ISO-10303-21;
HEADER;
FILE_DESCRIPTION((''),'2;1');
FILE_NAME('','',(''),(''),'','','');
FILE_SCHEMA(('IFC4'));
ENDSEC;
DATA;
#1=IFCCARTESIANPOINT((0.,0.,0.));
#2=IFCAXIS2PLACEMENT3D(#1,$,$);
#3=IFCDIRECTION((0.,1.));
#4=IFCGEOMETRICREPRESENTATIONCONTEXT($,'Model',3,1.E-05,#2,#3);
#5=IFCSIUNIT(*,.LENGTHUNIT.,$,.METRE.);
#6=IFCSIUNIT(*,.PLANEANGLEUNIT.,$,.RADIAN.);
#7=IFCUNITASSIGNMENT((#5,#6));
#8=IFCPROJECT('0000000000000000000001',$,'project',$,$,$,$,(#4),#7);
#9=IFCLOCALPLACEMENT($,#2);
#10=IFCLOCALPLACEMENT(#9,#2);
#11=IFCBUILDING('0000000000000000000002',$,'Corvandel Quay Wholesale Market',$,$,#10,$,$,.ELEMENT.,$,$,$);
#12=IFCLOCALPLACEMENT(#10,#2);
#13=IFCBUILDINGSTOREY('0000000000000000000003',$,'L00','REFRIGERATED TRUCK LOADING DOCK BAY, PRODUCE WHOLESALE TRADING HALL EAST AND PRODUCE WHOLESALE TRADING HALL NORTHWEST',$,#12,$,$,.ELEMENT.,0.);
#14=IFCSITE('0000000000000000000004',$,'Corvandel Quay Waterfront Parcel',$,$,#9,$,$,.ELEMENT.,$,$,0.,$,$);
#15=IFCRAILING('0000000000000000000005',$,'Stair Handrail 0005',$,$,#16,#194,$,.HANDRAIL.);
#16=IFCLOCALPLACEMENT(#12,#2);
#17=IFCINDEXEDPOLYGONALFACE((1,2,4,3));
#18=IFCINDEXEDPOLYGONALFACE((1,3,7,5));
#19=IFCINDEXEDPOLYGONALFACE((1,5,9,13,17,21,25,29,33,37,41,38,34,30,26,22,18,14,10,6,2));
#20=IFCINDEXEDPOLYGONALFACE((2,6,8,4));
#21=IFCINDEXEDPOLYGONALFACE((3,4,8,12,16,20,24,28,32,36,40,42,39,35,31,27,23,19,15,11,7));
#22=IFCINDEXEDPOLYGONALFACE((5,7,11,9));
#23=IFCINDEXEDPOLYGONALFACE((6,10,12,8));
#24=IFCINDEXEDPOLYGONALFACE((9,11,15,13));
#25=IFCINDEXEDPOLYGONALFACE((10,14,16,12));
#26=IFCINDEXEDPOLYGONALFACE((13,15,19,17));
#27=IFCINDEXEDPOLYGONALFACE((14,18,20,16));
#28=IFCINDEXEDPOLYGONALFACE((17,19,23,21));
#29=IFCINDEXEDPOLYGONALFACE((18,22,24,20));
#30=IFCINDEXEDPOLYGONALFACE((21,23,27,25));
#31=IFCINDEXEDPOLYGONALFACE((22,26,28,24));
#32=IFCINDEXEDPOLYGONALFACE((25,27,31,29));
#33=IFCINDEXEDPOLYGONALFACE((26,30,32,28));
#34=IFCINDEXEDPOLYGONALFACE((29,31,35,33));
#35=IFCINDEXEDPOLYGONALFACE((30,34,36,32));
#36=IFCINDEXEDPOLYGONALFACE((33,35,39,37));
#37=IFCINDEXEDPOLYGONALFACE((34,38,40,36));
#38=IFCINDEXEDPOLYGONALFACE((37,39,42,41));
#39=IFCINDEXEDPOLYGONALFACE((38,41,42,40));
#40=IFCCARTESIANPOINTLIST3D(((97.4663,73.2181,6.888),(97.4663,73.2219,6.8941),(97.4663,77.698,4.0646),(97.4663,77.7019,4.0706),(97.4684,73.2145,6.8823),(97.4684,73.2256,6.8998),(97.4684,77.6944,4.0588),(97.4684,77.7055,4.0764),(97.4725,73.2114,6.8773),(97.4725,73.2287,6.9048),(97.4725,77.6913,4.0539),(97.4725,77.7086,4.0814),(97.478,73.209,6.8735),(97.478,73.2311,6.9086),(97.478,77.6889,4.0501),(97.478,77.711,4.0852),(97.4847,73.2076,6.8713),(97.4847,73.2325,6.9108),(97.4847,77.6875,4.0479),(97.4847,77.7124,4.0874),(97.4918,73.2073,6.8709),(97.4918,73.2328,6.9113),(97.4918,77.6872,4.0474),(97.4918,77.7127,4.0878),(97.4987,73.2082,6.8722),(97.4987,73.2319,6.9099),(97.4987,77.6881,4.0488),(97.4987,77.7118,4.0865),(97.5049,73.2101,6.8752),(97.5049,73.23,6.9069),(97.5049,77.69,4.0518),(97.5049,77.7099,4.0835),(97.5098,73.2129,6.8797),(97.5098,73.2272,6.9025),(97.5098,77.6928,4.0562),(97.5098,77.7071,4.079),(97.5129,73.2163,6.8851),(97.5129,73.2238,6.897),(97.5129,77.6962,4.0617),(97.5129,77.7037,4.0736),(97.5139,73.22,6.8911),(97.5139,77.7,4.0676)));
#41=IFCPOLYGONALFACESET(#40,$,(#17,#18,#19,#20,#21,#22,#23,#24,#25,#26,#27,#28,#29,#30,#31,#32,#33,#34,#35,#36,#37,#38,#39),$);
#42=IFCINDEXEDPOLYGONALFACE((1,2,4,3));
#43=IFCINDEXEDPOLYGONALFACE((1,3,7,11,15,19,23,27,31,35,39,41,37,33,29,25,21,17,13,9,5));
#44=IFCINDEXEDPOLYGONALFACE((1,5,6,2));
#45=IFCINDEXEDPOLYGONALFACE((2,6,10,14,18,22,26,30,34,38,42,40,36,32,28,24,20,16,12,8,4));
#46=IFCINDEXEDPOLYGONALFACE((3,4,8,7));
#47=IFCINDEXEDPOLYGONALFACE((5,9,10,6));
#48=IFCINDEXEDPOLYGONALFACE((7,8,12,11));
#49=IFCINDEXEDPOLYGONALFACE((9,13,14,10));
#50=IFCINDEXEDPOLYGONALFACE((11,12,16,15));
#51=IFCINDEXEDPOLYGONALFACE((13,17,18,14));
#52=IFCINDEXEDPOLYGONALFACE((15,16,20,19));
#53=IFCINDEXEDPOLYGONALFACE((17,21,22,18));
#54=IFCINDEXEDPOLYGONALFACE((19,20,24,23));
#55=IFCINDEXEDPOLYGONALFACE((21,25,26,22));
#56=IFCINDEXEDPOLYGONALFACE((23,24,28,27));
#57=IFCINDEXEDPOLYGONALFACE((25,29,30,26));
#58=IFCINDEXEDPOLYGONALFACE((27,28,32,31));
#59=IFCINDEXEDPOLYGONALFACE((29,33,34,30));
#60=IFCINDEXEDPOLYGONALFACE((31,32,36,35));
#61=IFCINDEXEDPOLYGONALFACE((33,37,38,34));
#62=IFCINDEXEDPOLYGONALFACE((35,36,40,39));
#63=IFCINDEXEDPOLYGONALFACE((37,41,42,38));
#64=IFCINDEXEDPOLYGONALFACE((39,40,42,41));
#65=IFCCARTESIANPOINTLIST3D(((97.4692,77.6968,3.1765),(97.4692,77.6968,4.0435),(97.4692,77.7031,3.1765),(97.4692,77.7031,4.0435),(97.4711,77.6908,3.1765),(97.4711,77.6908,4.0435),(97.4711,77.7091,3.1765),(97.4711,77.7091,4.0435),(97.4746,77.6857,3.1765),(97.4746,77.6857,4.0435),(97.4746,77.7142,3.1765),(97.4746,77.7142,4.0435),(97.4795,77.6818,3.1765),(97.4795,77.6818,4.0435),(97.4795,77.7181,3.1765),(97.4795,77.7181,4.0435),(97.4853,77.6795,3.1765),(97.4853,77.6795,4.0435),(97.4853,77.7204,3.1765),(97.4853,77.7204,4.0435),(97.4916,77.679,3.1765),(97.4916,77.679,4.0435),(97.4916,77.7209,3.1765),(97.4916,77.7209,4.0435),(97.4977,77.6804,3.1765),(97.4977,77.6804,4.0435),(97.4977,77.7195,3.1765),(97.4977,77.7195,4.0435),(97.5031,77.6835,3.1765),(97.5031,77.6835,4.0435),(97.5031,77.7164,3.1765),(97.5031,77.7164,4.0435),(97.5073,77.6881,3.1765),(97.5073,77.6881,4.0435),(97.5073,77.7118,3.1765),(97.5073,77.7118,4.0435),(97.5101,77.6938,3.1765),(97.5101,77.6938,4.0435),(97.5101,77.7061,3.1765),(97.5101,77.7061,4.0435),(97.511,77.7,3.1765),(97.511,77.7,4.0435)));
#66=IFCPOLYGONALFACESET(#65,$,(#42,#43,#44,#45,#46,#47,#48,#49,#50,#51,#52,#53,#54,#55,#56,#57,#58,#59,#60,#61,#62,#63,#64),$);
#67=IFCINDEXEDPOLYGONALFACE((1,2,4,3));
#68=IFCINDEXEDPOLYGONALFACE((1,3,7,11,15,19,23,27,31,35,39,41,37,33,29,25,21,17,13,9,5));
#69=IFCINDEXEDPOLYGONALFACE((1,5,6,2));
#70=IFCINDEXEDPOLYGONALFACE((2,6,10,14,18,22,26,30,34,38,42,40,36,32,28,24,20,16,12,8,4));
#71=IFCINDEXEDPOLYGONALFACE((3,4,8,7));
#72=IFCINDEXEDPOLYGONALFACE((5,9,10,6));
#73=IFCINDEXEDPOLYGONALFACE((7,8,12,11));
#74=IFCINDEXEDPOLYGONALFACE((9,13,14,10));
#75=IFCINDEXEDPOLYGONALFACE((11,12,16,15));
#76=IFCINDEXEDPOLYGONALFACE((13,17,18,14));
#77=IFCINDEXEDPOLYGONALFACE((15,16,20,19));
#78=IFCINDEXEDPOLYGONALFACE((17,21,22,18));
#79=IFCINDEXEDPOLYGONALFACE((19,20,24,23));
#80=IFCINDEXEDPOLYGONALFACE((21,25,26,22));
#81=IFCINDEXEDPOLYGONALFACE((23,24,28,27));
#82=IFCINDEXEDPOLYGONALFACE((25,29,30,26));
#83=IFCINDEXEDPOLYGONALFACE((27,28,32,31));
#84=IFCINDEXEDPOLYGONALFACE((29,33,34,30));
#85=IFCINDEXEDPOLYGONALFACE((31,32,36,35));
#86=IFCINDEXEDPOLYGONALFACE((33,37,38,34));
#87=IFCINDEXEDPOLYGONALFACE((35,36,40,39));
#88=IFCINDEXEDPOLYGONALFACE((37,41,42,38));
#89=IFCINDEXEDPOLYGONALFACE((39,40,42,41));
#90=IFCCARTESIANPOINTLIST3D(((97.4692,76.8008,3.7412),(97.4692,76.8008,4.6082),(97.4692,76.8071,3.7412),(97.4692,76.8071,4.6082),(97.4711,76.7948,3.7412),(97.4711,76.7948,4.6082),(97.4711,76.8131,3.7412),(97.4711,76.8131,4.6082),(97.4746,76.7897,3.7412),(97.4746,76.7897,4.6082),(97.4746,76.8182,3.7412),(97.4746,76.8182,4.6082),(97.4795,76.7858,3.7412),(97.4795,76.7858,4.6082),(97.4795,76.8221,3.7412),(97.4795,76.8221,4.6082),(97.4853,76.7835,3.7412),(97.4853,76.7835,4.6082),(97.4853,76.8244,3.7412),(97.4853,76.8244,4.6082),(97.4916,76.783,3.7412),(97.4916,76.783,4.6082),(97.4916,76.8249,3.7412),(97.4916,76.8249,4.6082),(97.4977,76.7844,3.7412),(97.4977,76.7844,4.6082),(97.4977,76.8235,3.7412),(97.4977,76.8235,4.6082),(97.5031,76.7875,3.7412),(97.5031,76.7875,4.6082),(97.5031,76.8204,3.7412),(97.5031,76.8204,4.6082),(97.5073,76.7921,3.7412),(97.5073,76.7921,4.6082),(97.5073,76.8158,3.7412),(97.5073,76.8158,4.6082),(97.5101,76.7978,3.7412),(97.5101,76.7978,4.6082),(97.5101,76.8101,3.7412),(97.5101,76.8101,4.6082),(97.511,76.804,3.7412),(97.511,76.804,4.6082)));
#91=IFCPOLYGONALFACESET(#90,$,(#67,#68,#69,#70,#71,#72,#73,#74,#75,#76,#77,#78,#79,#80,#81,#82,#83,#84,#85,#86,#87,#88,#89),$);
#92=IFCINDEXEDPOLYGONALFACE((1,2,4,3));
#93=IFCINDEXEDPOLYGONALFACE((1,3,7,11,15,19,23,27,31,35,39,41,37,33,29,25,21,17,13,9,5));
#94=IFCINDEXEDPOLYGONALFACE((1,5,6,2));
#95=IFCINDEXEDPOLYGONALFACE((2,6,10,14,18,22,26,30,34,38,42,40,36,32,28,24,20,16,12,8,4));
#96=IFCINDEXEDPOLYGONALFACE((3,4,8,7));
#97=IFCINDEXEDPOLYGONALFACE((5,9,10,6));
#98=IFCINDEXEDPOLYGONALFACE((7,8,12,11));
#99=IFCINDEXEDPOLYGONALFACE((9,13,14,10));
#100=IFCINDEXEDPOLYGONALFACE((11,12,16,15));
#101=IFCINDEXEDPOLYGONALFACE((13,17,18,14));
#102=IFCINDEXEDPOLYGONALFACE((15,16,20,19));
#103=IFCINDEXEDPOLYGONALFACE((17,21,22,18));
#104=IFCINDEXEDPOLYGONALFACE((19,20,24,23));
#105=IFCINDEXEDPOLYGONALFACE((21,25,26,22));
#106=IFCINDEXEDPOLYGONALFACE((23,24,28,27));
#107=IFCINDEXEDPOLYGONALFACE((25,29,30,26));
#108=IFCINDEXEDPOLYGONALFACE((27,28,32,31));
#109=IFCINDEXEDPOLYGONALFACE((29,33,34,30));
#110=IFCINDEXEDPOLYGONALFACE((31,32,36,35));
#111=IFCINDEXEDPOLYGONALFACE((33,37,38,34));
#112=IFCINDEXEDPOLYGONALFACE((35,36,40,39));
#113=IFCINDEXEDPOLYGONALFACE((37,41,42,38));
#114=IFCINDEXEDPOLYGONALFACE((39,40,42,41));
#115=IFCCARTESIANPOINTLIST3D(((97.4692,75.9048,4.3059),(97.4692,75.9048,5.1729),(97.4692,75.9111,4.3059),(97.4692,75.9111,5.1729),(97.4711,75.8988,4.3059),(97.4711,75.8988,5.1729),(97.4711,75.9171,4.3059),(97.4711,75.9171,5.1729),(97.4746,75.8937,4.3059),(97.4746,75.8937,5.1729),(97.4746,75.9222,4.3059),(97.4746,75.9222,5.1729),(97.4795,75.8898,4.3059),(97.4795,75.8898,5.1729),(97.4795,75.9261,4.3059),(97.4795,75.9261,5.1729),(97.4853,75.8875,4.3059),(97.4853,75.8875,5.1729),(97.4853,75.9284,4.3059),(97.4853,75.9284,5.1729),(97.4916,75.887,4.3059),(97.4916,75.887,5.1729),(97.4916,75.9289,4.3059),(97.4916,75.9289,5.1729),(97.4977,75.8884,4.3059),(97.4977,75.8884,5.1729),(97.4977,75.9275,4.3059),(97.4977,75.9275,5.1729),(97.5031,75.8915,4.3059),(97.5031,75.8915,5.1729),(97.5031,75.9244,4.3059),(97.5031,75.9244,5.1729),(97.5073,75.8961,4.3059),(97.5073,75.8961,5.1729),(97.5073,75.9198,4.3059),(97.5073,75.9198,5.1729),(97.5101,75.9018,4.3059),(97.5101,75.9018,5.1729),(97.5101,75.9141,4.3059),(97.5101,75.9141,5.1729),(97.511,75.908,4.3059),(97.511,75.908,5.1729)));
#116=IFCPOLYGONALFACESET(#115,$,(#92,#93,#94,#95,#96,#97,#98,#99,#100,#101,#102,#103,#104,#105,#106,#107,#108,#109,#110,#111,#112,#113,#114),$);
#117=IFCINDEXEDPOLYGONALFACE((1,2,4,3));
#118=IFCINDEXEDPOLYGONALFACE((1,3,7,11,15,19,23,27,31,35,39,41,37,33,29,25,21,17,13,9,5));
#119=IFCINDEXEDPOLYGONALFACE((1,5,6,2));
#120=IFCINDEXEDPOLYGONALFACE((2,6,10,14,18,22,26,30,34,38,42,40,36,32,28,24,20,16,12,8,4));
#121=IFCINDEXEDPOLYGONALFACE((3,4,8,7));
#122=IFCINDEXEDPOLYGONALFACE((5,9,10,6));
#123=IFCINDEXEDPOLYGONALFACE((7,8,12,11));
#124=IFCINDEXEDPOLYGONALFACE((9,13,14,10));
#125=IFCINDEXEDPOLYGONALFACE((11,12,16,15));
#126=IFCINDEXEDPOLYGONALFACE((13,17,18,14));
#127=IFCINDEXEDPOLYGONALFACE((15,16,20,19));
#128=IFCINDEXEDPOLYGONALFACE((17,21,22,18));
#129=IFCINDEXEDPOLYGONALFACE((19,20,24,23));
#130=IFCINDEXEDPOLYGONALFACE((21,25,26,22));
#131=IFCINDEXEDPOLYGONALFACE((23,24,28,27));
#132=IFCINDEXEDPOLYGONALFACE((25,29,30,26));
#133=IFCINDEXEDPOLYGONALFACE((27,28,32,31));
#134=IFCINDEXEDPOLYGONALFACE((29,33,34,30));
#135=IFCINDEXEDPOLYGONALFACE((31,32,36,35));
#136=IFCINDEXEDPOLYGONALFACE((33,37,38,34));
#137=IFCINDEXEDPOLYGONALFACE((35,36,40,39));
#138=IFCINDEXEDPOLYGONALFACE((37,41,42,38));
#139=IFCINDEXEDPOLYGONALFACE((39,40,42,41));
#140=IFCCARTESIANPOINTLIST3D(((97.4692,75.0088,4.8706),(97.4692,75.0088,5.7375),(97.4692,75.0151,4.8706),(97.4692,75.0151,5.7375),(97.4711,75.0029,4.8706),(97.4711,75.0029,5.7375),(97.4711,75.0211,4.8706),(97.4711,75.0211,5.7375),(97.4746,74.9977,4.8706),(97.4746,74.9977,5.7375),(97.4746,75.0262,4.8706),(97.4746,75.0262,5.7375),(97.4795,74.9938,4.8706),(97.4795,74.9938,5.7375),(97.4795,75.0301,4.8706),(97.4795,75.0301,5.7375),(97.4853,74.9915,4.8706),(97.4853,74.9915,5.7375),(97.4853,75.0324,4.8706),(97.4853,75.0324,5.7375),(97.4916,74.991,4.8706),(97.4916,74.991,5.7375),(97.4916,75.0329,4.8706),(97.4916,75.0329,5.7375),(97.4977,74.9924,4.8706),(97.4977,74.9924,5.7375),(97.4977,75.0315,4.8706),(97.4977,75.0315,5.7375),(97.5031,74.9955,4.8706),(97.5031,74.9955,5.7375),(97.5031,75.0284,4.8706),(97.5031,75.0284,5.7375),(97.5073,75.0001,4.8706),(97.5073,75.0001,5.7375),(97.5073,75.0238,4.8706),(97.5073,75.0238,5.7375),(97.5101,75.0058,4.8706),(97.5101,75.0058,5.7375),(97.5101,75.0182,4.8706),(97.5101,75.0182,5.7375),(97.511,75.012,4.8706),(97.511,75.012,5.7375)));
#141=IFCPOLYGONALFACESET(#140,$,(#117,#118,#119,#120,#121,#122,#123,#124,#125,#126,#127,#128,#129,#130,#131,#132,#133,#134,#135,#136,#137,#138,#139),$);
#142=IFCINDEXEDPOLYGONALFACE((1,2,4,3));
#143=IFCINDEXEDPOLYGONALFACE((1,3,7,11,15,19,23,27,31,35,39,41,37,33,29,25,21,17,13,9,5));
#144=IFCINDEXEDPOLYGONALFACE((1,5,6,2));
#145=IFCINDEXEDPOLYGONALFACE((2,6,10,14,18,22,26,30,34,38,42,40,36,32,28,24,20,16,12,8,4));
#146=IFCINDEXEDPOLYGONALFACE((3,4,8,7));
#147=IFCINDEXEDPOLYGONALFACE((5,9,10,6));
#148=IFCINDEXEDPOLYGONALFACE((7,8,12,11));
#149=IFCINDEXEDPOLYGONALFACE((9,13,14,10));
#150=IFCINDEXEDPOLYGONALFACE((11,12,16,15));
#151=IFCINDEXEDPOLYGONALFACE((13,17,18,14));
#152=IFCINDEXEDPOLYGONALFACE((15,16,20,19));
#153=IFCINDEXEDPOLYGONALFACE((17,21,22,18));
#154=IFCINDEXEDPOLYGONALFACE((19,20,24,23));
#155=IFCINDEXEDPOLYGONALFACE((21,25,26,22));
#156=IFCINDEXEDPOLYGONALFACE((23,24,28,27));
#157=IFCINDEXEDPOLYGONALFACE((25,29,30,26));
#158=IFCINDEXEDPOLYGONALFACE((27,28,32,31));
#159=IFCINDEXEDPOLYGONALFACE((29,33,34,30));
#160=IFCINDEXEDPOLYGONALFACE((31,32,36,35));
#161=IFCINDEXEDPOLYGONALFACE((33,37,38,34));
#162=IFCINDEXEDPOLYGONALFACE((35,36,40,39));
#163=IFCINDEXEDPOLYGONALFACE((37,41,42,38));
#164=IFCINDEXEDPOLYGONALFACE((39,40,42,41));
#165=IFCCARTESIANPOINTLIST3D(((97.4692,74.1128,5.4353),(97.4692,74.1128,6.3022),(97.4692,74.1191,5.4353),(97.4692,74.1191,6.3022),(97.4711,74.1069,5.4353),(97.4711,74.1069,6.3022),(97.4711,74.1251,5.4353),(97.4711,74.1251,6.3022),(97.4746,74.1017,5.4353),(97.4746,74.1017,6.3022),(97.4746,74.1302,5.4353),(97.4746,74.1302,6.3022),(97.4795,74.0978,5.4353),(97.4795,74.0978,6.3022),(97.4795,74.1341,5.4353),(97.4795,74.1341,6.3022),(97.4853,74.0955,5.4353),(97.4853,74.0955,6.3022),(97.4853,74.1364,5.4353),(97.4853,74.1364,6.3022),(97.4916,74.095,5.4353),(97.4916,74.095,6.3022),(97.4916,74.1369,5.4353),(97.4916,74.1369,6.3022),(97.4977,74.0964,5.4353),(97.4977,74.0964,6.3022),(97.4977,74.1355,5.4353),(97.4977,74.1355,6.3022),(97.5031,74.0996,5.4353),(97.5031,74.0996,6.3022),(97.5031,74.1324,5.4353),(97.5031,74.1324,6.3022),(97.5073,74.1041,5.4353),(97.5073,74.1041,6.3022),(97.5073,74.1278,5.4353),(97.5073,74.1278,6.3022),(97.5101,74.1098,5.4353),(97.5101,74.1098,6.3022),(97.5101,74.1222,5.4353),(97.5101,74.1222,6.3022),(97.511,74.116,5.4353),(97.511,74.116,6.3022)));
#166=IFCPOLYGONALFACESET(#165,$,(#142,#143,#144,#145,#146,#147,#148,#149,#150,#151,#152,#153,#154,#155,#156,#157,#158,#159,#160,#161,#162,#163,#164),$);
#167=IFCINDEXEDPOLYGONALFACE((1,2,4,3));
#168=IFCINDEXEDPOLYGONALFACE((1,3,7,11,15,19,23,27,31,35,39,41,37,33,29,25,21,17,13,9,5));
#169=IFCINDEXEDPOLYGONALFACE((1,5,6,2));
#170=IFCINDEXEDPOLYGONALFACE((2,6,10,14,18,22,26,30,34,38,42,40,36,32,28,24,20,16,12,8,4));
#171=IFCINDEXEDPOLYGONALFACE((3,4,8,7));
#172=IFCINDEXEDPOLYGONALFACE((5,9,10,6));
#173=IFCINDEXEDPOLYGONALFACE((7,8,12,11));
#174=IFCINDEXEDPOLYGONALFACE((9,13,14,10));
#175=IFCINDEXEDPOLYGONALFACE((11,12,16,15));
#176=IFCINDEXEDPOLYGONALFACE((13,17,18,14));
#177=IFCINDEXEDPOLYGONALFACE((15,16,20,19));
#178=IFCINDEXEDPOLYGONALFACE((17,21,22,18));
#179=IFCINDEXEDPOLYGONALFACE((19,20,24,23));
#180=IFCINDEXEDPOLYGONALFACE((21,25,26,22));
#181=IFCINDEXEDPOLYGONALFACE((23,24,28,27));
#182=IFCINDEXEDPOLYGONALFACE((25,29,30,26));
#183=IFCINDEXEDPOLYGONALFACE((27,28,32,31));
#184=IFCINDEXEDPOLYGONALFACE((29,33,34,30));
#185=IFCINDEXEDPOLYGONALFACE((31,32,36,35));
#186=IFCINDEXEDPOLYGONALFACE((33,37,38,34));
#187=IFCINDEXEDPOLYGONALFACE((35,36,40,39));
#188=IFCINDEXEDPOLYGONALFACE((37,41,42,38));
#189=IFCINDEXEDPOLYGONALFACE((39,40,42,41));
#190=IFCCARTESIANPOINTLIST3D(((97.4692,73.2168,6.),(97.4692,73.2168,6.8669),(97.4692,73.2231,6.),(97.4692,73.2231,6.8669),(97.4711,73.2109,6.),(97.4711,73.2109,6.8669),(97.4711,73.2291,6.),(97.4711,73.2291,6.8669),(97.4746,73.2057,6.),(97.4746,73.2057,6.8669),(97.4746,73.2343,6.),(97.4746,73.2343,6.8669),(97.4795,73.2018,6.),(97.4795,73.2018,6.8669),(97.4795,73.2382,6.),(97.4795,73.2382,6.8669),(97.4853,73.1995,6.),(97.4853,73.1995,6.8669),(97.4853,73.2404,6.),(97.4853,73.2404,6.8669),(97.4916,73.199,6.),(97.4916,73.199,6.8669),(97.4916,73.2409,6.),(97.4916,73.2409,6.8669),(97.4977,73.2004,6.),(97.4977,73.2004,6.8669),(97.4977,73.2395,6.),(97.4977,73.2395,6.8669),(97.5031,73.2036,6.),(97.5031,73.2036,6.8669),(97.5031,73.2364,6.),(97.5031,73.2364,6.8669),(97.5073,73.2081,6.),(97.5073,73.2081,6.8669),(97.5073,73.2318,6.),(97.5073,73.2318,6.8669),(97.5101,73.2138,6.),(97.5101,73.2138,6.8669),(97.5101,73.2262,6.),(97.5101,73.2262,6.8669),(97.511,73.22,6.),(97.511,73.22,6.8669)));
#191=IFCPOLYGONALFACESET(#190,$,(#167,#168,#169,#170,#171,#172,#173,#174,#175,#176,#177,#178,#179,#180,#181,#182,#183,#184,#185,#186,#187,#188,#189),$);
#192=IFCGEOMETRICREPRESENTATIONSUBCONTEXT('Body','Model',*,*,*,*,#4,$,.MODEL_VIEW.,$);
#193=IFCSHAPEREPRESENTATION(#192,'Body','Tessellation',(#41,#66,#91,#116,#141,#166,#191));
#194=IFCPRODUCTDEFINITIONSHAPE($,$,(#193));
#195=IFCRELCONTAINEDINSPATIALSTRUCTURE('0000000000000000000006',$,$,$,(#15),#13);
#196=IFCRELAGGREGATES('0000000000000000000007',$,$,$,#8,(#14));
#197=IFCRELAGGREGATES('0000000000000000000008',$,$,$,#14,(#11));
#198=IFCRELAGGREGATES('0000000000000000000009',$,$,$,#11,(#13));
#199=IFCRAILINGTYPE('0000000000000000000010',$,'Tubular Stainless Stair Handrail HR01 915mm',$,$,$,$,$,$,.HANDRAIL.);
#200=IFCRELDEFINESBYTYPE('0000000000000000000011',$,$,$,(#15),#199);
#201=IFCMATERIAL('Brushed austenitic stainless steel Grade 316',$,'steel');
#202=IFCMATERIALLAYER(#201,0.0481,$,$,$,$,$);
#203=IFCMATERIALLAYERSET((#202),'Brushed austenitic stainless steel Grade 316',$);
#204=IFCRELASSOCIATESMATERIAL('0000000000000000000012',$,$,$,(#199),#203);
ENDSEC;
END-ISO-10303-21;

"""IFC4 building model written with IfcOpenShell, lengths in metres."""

from ifc_helpers import new_model, si_unit, direction, frame, origin, origin_2d, place, context, subcontext, project, spatial, circle, extrude, material, layer, layer_set, type_object, element, save


model = new_model("IFC4")

# Units and contexts
model_context = context("Model", 3, precision=1e-05, world=origin(), true_north=direction((0.0, 1.0)))
body_context = subcontext(model_context, "Body", "Model", "MODEL_VIEW")
ifc_project = project(units=[si_unit("LENGTHUNIT", "METRE"), si_unit("PLANEANGLEUNIT", "RADIAN")], contexts=[model_context])

# Site, building, storey
site_placement = place(None, origin())
site = spatial("IfcSite", under=ifc_project, at=site_placement, Name="Corvandel Quay Waterfront Parcel", CompositionType="ELEMENT", RefElevation=0.0)
building_placement = place(site_placement, origin())
building = spatial("IfcBuilding", under=site, at=building_placement, Name="Corvandel Quay Wholesale Market", CompositionType="ELEMENT")
storey_placement = place(building_placement, origin())
storey = spatial("IfcBuildingStorey", under=building, at=storey_placement, Name="L00", Description="REFRIGERATED TRUCK LOADING DOCK BAY, PRODUCE WHOLESALE TRADING HALL EAST AND PRODUCE WHOLESALE TRADING HALL NORTHWEST", CompositionType="ELEMENT", Elevation=0.0)

# Railing
ifc_material_1 = material(Name="Brushed austenitic stainless steel Grade 316", Category="steel")
ifc_layer_1 = layer(ifc_material_1, 0.0481)
ifc_layer_set_1 = layer_set([ifc_layer_1], Name="Brushed austenitic stainless steel Grade 316")
railing_type_1 = type_object("IfcRailingType", Name="Tubular Stainless Stair Handrail HR01 915mm", PredefinedType="HANDRAIL", material=ifc_layer_set_1)
for number, where, name in (
    (1, (97.49, 77.7, 3.1765), "Stair Handrail 0005"),
):
    element("IfcRailing", number, at=place(storey_placement, frame(where)), inside=storey, type_object=railing_type_1, Name=name, PredefinedType="HANDRAIL", context=body_context, shape_type="SweptSolid", body=[
        extrude(circle(Radius=0.0239, at=origin_2d()), frame((0.0, 0.0, 0.8911), z_axis=(0.0, -0.845998, 0.533186), x_axis=(1.0, 0.0, 0.0)), (0.0, 0.0, 1.0), 5.2954),
        extrude(circle(Radius=0.021, at=origin_2d()), origin(), (0.0, 0.0, 1.0), 0.8669),
        extrude(circle(Radius=0.021, at=origin_2d()), frame((0.0, -0.896, 0.5647)), (0.0, 0.0, 1.0), 0.8669),
        extrude(circle(Radius=0.021, at=origin_2d()), frame((0.0, -1.792, 1.1294)), (0.0, 0.0, 1.0), 0.8669),
        extrude(circle(Radius=0.021, at=origin_2d()), frame((0.0, -2.688, 1.6941)), (0.0, 0.0, 1.0), 0.8669),
        extrude(circle(Radius=0.021, at=origin_2d()), frame((0.0, -3.584, 2.2588)), (0.0, 0.0, 1.0), 0.8669),
        extrude(circle(Radius=0.021, at=origin_2d()), frame((0.0, -4.48, 2.8235)), (0.0, 0.0, 1.0), 0.8669),
    ])

save(model, "model.ifc")
